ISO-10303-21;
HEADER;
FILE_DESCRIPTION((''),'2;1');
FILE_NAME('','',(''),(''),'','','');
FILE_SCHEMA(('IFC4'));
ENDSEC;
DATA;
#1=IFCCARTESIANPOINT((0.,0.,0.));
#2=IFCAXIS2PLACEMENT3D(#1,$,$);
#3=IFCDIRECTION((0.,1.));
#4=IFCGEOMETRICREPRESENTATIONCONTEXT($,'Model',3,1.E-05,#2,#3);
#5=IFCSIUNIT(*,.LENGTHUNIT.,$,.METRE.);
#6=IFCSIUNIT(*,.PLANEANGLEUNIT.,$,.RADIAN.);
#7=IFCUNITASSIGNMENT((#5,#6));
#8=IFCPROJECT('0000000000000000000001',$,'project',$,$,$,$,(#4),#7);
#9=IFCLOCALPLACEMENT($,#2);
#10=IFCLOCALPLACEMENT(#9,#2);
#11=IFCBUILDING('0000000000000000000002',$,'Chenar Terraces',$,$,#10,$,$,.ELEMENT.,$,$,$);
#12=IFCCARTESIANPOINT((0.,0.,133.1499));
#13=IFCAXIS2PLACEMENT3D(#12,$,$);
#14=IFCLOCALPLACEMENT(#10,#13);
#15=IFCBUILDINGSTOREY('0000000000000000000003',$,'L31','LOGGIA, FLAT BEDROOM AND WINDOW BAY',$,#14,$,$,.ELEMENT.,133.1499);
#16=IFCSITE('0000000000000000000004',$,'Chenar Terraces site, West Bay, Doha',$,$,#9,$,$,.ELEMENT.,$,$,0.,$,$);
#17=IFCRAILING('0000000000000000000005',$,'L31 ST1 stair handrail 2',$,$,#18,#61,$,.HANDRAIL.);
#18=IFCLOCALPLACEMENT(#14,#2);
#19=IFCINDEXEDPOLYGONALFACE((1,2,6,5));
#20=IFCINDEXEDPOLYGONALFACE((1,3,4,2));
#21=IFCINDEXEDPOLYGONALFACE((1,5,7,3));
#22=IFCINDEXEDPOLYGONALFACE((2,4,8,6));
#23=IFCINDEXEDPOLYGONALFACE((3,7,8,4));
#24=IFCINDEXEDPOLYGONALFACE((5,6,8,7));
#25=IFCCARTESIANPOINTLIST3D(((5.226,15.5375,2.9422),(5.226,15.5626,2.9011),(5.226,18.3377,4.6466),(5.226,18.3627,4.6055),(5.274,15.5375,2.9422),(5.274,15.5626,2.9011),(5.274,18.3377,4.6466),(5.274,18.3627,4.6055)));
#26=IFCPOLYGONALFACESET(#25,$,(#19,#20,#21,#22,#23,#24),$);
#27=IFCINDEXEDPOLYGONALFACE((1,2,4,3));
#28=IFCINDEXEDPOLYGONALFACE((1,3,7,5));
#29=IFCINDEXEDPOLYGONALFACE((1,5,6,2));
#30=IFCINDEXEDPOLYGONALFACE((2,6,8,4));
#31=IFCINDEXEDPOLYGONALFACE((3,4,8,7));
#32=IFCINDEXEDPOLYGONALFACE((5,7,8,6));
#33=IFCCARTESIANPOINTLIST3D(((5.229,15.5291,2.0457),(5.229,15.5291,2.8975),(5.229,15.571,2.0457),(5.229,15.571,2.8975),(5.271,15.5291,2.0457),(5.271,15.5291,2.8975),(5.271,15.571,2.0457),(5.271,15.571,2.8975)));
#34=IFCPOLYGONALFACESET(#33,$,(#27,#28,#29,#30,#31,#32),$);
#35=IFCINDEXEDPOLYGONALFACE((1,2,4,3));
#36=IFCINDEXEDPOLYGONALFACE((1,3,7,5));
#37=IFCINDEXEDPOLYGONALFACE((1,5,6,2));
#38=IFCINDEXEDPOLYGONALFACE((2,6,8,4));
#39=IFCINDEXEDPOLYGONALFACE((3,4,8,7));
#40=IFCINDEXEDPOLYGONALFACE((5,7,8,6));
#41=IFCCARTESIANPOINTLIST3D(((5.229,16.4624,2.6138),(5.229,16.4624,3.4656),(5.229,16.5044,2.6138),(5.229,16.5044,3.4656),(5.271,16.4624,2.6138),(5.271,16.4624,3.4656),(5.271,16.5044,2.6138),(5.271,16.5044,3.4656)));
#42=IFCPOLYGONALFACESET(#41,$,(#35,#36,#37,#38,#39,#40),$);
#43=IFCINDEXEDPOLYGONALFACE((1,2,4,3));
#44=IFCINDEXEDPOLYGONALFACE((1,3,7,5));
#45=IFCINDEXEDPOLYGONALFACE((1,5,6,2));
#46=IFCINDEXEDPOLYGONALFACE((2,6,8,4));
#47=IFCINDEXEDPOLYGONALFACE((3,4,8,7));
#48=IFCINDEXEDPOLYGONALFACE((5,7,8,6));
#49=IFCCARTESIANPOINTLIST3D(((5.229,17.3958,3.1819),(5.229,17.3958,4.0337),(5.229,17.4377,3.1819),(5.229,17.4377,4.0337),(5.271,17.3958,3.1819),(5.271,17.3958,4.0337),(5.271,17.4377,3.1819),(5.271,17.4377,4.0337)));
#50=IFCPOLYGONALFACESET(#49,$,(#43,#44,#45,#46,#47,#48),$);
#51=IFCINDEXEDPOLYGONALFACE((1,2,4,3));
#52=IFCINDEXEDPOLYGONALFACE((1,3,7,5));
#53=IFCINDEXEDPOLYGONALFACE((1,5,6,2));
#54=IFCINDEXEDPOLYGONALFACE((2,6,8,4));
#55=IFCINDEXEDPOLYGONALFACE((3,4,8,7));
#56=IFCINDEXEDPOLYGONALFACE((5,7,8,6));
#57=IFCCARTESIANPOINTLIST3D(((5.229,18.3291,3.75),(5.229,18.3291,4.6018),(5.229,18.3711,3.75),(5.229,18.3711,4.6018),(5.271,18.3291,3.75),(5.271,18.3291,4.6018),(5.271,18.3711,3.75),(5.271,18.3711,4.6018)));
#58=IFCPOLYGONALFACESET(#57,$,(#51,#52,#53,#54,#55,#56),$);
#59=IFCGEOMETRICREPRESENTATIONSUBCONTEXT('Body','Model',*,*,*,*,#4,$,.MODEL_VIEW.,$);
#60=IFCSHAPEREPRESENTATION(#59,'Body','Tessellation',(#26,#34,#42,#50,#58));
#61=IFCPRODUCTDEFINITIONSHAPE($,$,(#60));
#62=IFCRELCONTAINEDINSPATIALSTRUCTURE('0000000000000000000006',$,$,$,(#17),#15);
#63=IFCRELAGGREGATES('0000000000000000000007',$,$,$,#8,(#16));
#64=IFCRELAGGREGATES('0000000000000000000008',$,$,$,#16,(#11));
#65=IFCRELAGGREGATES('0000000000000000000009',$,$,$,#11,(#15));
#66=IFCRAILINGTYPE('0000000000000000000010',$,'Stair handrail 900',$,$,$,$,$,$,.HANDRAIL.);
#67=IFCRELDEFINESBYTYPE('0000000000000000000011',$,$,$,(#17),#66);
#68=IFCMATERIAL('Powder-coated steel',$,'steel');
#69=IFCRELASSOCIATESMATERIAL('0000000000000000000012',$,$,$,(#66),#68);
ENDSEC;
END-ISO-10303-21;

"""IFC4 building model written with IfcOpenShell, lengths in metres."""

from ifc_helpers import new_model, si_unit, direction, frame, origin, origin_2d, place, context, subcontext, project, spatial, rectangle, extrude, material, type_object, element, save


model = new_model("IFC4")

# Units and contexts
model_context = context("Model", 3, precision=1e-05, world=origin(), true_north=direction((0.0, 1.0)))
body_context = subcontext(model_context, "Body", "Model", "MODEL_VIEW")
ifc_project = project(units=[si_unit("LENGTHUNIT", "METRE"), si_unit("PLANEANGLEUNIT", "RADIAN")], contexts=[model_context])

# Site, building, storey
site_placement = place(None, origin())
site = spatial("IfcSite", under=ifc_project, at=site_placement, Name="Chenar Terraces site, West Bay, Doha", CompositionType="ELEMENT", RefElevation=0.0)
building_placement = place(site_placement, origin())
building = spatial("IfcBuilding", under=site, at=building_placement, Name="Chenar Terraces", CompositionType="ELEMENT")
storey_placement = place(building_placement, frame((0.0, 0.0, 133.1499)))
storey = spatial("IfcBuildingStorey", under=building, at=storey_placement, Name="L31", Description="LOGGIA, FLAT BEDROOM AND WINDOW BAY", CompositionType="ELEMENT", Elevation=133.1499)

# Railing
ifc_material_1 = material(Name="Powder-coated steel", Category="steel")
railing_type_1 = type_object("IfcRailingType", Name="Stair handrail 900", PredefinedType="HANDRAIL", material=ifc_material_1)
railing_1_placement = place(storey_placement, frame((5.25, 15.55, 2.0457)))
element("IfcRailing", 1, at=railing_1_placement, inside=storey, type_object=railing_type_1, Name="L31 ST1 stair handrail 2", PredefinedType="HANDRAIL", context=body_context, shape_type="SweptSolid", body=[
    extrude(rectangle(XDim=0.0481, YDim=0.0481, at=origin_2d()), frame((0.0, 0.0, 0.876), z_axis=(0.0, 0.854203, 0.51994), x_axis=(-1.0, 0.0, 0.0)), (0.0, 0.0, 1.0), 3.2781),
    extrude(rectangle(XDim=0.042, YDim=0.042, at=origin_2d()), origin(), (0.0, 0.0, 1.0), 0.8518),
    extrude(rectangle(XDim=0.042, YDim=0.042, at=origin_2d()), frame((0.0, 0.9333, 0.5681)), (0.0, 0.0, 1.0), 0.8518),
    extrude(rectangle(XDim=0.042, YDim=0.042, at=origin_2d()), frame((0.0, 1.8667, 1.1362)), (0.0, 0.0, 1.0), 0.8518),
    extrude(rectangle(XDim=0.042, YDim=0.042, at=origin_2d()), frame((0.0, 2.8, 1.7043)), (0.0, 0.0, 1.0), 0.8518),
])

save(model, "model.ifc")
